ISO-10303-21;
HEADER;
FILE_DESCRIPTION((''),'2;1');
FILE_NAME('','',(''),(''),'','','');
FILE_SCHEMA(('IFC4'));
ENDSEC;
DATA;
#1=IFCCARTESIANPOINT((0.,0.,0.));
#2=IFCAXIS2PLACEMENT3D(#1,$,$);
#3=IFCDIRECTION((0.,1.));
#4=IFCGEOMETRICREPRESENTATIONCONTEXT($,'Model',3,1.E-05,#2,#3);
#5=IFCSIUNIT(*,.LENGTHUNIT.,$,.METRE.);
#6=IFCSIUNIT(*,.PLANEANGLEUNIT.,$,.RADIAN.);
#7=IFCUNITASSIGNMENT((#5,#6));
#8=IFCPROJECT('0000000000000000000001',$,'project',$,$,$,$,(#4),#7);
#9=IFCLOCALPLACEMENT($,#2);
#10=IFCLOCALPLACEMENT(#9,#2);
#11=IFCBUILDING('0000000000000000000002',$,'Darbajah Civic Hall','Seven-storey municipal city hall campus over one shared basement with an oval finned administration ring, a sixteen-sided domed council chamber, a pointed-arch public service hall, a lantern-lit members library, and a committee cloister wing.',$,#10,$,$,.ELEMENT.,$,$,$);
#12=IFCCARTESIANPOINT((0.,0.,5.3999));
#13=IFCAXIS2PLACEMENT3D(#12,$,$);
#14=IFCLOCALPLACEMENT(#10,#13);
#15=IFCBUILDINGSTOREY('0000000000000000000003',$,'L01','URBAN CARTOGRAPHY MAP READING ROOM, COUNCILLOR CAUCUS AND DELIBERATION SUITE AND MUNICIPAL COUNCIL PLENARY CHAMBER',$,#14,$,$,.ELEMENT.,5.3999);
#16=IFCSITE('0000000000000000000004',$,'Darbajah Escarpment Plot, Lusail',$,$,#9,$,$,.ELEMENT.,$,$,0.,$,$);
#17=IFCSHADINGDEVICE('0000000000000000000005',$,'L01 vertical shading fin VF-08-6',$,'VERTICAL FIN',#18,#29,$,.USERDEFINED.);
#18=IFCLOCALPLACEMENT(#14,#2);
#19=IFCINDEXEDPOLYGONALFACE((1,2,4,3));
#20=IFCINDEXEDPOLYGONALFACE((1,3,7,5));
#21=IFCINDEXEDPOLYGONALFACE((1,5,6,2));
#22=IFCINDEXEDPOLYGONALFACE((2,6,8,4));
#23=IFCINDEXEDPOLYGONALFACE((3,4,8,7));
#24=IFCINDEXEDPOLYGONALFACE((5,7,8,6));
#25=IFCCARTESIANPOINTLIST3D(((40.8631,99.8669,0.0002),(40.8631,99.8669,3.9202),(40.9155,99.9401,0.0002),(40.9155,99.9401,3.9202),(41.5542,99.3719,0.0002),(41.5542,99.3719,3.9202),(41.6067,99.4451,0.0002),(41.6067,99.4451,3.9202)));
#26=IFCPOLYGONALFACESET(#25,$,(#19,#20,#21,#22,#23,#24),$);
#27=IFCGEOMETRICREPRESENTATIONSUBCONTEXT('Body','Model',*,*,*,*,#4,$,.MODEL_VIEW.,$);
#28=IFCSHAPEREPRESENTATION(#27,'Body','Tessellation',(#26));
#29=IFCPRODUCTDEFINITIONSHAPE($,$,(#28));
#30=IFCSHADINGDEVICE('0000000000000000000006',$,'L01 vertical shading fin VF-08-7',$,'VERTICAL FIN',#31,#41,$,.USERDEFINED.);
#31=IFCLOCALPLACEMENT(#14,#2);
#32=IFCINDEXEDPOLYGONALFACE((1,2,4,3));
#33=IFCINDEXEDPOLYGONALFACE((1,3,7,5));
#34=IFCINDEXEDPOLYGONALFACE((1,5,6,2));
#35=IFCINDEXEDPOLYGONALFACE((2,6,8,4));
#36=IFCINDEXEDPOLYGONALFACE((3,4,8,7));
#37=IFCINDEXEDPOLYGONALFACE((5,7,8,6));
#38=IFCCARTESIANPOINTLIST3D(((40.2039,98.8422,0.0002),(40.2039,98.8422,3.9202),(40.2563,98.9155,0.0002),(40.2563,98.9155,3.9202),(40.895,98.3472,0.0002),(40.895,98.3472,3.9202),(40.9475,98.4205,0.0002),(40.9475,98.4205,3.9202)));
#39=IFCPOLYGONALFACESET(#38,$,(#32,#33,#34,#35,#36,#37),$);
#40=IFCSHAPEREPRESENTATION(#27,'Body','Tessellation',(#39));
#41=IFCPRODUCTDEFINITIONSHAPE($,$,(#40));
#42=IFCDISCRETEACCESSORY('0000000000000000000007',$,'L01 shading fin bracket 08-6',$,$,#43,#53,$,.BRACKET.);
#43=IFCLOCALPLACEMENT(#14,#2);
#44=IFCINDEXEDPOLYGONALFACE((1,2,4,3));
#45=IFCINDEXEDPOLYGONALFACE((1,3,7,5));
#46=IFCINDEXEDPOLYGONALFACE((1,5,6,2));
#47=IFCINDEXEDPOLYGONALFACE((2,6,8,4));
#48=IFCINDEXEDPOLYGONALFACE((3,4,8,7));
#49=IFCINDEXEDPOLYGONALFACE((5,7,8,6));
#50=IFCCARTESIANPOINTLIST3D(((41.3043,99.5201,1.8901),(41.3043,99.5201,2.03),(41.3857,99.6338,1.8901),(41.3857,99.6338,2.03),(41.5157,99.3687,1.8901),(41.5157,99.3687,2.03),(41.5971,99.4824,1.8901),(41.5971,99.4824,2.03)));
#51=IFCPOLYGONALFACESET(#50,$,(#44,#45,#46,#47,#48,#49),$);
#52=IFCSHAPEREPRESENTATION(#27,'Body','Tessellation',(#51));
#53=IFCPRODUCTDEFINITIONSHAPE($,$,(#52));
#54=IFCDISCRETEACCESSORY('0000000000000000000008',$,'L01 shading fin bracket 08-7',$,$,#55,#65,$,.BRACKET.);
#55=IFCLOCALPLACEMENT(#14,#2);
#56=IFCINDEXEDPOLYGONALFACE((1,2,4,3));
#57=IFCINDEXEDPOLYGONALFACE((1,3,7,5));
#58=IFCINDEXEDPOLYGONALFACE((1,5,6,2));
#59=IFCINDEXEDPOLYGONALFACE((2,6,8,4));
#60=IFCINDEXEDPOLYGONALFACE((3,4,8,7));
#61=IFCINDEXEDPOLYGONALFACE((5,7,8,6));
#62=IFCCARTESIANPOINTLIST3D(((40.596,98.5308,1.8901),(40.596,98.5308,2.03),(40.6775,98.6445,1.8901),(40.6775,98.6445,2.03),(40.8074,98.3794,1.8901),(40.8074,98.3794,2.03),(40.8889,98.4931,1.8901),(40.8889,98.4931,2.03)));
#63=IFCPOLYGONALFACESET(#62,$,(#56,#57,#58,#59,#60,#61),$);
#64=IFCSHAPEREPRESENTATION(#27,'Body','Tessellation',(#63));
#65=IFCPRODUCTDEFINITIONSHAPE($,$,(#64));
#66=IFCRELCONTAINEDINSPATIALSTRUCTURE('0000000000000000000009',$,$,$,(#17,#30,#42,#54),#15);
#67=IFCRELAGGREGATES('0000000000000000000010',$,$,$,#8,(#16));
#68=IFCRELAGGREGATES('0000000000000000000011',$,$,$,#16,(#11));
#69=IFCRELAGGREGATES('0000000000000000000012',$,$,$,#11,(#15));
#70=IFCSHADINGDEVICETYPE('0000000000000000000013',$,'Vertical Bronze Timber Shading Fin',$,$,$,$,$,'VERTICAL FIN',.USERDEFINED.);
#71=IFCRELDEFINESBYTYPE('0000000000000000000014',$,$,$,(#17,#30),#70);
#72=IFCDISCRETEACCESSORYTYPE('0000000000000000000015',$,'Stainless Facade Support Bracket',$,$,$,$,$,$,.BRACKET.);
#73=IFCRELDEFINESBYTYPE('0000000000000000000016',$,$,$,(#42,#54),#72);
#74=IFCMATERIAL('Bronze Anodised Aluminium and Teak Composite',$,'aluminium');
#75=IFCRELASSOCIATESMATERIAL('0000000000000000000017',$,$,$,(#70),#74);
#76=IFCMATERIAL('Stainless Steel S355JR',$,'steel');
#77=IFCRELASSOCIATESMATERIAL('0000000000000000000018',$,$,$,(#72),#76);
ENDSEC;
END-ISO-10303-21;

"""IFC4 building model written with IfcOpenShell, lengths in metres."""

from ifc_helpers import new_model, si_unit, direction, frame, origin, origin_2d, place, context, subcontext, project, spatial, rectangle, extrude, material, type_object, element, save


model = new_model("IFC4")

# Units and contexts
model_context = context("Model", 3, precision=1e-05, world=origin(), true_north=direction((0.0, 1.0)))
body_context = subcontext(model_context, "Body", "Model", "MODEL_VIEW")
ifc_project = project(units=[si_unit("LENGTHUNIT", "METRE"), si_unit("PLANEANGLEUNIT", "RADIAN")], contexts=[model_context])

# Site, building, storey
site_placement = place(None, origin())
site = spatial("IfcSite", under=ifc_project, at=site_placement, Name="Darbajah Escarpment Plot, Lusail", CompositionType="ELEMENT", RefElevation=0.0)
building_placement = place(site_placement, origin())
building = spatial("IfcBuilding", under=site, at=building_placement, Name="Darbajah Civic Hall", Description="Seven-storey municipal city hall campus over one shared basement with an oval finned administration ring, a sixteen-sided domed council chamber, a pointed-arch public service hall, a lantern-lit members library, and a committee cloister wing.", CompositionType="ELEMENT")
storey_placement = place(building_placement, frame((0.0, 0.0, 5.3999)))
storey = spatial("IfcBuildingStorey", under=building, at=storey_placement, Name="L01", Description="URBAN CARTOGRAPHY MAP READING ROOM, COUNCILLOR CAUCUS AND DELIBERATION SUITE AND MUNICIPAL COUNCIL PLENARY CHAMBER", CompositionType="ELEMENT", Elevation=5.3999)

# Shading devices
ifc_material_1 = material(Name="Bronze Anodised Aluminium and Teak Composite", Category="aluminium")
shading_device_type = type_object("IfcShadingDeviceType", Name="Vertical Bronze Timber Shading Fin", ElementType="VERTICAL FIN", PredefinedType="USERDEFINED", material=ifc_material_1)
for number, where, z_axis, x_axis, name in (
    (1, (41.2349, 99.656, 0.0002), (0.0, 0.0, 1.0), (-0.812999, 0.582265, 0.0), "L01 vertical shading fin VF-08-6"),
    (2, (40.5757, 98.6313, 0.0002), (0.0, 0.0, 1.0), (-0.812999, 0.582265, 0.0), "L01 vertical shading fin VF-08-7"),
):
    element("IfcShadingDevice", number, at=place(storey_placement, frame(where, z_axis=z_axis, x_axis=x_axis)), inside=storey, type_object=shading_device_type, Name=name, ObjectType="VERTICAL FIN", PredefinedType="USERDEFINED", context=body_context, shape_type="SweptSolid", body=[
        extrude(rectangle(XDim=0.8501, YDim=0.0901, at=origin_2d()), origin(), (0.0, 0.0, 1.0), 3.9199),
    ])

# Discrete accessories
ifc_material_2 = material(Name="Stainless Steel S355JR", Category="steel")
discrete_accessory_type = type_object("IfcDiscreteAccessoryType", Name="Stainless Facade Support Bracket", PredefinedType="BRACKET", material=ifc_material_2)
for number, where, z_axis, x_axis, name in (
    (3, (41.4507, 99.5012, 1.8901), (0.0, 0.0, 1.0), (-0.812999, 0.582265, 0.0), "L01 shading fin bracket 08-6"),
    (4, (40.7424, 98.512, 1.8901), (0.0, 0.0, 1.0), (-0.812999, 0.582265, 0.0), "L01 shading fin bracket 08-7"),
):
    element("IfcDiscreteAccessory", number, at=place(storey_placement, frame(where, z_axis=z_axis, x_axis=x_axis)), inside=storey, type_object=discrete_accessory_type, Name=name, PredefinedType="BRACKET", context=body_context, shape_type="SweptSolid", body=[
        extrude(rectangle(XDim=0.26, YDim=0.1399, at=origin_2d()), origin(), (0.0, 0.0, 1.0), 0.1399),
    ])

save(model, "model.ifc")
